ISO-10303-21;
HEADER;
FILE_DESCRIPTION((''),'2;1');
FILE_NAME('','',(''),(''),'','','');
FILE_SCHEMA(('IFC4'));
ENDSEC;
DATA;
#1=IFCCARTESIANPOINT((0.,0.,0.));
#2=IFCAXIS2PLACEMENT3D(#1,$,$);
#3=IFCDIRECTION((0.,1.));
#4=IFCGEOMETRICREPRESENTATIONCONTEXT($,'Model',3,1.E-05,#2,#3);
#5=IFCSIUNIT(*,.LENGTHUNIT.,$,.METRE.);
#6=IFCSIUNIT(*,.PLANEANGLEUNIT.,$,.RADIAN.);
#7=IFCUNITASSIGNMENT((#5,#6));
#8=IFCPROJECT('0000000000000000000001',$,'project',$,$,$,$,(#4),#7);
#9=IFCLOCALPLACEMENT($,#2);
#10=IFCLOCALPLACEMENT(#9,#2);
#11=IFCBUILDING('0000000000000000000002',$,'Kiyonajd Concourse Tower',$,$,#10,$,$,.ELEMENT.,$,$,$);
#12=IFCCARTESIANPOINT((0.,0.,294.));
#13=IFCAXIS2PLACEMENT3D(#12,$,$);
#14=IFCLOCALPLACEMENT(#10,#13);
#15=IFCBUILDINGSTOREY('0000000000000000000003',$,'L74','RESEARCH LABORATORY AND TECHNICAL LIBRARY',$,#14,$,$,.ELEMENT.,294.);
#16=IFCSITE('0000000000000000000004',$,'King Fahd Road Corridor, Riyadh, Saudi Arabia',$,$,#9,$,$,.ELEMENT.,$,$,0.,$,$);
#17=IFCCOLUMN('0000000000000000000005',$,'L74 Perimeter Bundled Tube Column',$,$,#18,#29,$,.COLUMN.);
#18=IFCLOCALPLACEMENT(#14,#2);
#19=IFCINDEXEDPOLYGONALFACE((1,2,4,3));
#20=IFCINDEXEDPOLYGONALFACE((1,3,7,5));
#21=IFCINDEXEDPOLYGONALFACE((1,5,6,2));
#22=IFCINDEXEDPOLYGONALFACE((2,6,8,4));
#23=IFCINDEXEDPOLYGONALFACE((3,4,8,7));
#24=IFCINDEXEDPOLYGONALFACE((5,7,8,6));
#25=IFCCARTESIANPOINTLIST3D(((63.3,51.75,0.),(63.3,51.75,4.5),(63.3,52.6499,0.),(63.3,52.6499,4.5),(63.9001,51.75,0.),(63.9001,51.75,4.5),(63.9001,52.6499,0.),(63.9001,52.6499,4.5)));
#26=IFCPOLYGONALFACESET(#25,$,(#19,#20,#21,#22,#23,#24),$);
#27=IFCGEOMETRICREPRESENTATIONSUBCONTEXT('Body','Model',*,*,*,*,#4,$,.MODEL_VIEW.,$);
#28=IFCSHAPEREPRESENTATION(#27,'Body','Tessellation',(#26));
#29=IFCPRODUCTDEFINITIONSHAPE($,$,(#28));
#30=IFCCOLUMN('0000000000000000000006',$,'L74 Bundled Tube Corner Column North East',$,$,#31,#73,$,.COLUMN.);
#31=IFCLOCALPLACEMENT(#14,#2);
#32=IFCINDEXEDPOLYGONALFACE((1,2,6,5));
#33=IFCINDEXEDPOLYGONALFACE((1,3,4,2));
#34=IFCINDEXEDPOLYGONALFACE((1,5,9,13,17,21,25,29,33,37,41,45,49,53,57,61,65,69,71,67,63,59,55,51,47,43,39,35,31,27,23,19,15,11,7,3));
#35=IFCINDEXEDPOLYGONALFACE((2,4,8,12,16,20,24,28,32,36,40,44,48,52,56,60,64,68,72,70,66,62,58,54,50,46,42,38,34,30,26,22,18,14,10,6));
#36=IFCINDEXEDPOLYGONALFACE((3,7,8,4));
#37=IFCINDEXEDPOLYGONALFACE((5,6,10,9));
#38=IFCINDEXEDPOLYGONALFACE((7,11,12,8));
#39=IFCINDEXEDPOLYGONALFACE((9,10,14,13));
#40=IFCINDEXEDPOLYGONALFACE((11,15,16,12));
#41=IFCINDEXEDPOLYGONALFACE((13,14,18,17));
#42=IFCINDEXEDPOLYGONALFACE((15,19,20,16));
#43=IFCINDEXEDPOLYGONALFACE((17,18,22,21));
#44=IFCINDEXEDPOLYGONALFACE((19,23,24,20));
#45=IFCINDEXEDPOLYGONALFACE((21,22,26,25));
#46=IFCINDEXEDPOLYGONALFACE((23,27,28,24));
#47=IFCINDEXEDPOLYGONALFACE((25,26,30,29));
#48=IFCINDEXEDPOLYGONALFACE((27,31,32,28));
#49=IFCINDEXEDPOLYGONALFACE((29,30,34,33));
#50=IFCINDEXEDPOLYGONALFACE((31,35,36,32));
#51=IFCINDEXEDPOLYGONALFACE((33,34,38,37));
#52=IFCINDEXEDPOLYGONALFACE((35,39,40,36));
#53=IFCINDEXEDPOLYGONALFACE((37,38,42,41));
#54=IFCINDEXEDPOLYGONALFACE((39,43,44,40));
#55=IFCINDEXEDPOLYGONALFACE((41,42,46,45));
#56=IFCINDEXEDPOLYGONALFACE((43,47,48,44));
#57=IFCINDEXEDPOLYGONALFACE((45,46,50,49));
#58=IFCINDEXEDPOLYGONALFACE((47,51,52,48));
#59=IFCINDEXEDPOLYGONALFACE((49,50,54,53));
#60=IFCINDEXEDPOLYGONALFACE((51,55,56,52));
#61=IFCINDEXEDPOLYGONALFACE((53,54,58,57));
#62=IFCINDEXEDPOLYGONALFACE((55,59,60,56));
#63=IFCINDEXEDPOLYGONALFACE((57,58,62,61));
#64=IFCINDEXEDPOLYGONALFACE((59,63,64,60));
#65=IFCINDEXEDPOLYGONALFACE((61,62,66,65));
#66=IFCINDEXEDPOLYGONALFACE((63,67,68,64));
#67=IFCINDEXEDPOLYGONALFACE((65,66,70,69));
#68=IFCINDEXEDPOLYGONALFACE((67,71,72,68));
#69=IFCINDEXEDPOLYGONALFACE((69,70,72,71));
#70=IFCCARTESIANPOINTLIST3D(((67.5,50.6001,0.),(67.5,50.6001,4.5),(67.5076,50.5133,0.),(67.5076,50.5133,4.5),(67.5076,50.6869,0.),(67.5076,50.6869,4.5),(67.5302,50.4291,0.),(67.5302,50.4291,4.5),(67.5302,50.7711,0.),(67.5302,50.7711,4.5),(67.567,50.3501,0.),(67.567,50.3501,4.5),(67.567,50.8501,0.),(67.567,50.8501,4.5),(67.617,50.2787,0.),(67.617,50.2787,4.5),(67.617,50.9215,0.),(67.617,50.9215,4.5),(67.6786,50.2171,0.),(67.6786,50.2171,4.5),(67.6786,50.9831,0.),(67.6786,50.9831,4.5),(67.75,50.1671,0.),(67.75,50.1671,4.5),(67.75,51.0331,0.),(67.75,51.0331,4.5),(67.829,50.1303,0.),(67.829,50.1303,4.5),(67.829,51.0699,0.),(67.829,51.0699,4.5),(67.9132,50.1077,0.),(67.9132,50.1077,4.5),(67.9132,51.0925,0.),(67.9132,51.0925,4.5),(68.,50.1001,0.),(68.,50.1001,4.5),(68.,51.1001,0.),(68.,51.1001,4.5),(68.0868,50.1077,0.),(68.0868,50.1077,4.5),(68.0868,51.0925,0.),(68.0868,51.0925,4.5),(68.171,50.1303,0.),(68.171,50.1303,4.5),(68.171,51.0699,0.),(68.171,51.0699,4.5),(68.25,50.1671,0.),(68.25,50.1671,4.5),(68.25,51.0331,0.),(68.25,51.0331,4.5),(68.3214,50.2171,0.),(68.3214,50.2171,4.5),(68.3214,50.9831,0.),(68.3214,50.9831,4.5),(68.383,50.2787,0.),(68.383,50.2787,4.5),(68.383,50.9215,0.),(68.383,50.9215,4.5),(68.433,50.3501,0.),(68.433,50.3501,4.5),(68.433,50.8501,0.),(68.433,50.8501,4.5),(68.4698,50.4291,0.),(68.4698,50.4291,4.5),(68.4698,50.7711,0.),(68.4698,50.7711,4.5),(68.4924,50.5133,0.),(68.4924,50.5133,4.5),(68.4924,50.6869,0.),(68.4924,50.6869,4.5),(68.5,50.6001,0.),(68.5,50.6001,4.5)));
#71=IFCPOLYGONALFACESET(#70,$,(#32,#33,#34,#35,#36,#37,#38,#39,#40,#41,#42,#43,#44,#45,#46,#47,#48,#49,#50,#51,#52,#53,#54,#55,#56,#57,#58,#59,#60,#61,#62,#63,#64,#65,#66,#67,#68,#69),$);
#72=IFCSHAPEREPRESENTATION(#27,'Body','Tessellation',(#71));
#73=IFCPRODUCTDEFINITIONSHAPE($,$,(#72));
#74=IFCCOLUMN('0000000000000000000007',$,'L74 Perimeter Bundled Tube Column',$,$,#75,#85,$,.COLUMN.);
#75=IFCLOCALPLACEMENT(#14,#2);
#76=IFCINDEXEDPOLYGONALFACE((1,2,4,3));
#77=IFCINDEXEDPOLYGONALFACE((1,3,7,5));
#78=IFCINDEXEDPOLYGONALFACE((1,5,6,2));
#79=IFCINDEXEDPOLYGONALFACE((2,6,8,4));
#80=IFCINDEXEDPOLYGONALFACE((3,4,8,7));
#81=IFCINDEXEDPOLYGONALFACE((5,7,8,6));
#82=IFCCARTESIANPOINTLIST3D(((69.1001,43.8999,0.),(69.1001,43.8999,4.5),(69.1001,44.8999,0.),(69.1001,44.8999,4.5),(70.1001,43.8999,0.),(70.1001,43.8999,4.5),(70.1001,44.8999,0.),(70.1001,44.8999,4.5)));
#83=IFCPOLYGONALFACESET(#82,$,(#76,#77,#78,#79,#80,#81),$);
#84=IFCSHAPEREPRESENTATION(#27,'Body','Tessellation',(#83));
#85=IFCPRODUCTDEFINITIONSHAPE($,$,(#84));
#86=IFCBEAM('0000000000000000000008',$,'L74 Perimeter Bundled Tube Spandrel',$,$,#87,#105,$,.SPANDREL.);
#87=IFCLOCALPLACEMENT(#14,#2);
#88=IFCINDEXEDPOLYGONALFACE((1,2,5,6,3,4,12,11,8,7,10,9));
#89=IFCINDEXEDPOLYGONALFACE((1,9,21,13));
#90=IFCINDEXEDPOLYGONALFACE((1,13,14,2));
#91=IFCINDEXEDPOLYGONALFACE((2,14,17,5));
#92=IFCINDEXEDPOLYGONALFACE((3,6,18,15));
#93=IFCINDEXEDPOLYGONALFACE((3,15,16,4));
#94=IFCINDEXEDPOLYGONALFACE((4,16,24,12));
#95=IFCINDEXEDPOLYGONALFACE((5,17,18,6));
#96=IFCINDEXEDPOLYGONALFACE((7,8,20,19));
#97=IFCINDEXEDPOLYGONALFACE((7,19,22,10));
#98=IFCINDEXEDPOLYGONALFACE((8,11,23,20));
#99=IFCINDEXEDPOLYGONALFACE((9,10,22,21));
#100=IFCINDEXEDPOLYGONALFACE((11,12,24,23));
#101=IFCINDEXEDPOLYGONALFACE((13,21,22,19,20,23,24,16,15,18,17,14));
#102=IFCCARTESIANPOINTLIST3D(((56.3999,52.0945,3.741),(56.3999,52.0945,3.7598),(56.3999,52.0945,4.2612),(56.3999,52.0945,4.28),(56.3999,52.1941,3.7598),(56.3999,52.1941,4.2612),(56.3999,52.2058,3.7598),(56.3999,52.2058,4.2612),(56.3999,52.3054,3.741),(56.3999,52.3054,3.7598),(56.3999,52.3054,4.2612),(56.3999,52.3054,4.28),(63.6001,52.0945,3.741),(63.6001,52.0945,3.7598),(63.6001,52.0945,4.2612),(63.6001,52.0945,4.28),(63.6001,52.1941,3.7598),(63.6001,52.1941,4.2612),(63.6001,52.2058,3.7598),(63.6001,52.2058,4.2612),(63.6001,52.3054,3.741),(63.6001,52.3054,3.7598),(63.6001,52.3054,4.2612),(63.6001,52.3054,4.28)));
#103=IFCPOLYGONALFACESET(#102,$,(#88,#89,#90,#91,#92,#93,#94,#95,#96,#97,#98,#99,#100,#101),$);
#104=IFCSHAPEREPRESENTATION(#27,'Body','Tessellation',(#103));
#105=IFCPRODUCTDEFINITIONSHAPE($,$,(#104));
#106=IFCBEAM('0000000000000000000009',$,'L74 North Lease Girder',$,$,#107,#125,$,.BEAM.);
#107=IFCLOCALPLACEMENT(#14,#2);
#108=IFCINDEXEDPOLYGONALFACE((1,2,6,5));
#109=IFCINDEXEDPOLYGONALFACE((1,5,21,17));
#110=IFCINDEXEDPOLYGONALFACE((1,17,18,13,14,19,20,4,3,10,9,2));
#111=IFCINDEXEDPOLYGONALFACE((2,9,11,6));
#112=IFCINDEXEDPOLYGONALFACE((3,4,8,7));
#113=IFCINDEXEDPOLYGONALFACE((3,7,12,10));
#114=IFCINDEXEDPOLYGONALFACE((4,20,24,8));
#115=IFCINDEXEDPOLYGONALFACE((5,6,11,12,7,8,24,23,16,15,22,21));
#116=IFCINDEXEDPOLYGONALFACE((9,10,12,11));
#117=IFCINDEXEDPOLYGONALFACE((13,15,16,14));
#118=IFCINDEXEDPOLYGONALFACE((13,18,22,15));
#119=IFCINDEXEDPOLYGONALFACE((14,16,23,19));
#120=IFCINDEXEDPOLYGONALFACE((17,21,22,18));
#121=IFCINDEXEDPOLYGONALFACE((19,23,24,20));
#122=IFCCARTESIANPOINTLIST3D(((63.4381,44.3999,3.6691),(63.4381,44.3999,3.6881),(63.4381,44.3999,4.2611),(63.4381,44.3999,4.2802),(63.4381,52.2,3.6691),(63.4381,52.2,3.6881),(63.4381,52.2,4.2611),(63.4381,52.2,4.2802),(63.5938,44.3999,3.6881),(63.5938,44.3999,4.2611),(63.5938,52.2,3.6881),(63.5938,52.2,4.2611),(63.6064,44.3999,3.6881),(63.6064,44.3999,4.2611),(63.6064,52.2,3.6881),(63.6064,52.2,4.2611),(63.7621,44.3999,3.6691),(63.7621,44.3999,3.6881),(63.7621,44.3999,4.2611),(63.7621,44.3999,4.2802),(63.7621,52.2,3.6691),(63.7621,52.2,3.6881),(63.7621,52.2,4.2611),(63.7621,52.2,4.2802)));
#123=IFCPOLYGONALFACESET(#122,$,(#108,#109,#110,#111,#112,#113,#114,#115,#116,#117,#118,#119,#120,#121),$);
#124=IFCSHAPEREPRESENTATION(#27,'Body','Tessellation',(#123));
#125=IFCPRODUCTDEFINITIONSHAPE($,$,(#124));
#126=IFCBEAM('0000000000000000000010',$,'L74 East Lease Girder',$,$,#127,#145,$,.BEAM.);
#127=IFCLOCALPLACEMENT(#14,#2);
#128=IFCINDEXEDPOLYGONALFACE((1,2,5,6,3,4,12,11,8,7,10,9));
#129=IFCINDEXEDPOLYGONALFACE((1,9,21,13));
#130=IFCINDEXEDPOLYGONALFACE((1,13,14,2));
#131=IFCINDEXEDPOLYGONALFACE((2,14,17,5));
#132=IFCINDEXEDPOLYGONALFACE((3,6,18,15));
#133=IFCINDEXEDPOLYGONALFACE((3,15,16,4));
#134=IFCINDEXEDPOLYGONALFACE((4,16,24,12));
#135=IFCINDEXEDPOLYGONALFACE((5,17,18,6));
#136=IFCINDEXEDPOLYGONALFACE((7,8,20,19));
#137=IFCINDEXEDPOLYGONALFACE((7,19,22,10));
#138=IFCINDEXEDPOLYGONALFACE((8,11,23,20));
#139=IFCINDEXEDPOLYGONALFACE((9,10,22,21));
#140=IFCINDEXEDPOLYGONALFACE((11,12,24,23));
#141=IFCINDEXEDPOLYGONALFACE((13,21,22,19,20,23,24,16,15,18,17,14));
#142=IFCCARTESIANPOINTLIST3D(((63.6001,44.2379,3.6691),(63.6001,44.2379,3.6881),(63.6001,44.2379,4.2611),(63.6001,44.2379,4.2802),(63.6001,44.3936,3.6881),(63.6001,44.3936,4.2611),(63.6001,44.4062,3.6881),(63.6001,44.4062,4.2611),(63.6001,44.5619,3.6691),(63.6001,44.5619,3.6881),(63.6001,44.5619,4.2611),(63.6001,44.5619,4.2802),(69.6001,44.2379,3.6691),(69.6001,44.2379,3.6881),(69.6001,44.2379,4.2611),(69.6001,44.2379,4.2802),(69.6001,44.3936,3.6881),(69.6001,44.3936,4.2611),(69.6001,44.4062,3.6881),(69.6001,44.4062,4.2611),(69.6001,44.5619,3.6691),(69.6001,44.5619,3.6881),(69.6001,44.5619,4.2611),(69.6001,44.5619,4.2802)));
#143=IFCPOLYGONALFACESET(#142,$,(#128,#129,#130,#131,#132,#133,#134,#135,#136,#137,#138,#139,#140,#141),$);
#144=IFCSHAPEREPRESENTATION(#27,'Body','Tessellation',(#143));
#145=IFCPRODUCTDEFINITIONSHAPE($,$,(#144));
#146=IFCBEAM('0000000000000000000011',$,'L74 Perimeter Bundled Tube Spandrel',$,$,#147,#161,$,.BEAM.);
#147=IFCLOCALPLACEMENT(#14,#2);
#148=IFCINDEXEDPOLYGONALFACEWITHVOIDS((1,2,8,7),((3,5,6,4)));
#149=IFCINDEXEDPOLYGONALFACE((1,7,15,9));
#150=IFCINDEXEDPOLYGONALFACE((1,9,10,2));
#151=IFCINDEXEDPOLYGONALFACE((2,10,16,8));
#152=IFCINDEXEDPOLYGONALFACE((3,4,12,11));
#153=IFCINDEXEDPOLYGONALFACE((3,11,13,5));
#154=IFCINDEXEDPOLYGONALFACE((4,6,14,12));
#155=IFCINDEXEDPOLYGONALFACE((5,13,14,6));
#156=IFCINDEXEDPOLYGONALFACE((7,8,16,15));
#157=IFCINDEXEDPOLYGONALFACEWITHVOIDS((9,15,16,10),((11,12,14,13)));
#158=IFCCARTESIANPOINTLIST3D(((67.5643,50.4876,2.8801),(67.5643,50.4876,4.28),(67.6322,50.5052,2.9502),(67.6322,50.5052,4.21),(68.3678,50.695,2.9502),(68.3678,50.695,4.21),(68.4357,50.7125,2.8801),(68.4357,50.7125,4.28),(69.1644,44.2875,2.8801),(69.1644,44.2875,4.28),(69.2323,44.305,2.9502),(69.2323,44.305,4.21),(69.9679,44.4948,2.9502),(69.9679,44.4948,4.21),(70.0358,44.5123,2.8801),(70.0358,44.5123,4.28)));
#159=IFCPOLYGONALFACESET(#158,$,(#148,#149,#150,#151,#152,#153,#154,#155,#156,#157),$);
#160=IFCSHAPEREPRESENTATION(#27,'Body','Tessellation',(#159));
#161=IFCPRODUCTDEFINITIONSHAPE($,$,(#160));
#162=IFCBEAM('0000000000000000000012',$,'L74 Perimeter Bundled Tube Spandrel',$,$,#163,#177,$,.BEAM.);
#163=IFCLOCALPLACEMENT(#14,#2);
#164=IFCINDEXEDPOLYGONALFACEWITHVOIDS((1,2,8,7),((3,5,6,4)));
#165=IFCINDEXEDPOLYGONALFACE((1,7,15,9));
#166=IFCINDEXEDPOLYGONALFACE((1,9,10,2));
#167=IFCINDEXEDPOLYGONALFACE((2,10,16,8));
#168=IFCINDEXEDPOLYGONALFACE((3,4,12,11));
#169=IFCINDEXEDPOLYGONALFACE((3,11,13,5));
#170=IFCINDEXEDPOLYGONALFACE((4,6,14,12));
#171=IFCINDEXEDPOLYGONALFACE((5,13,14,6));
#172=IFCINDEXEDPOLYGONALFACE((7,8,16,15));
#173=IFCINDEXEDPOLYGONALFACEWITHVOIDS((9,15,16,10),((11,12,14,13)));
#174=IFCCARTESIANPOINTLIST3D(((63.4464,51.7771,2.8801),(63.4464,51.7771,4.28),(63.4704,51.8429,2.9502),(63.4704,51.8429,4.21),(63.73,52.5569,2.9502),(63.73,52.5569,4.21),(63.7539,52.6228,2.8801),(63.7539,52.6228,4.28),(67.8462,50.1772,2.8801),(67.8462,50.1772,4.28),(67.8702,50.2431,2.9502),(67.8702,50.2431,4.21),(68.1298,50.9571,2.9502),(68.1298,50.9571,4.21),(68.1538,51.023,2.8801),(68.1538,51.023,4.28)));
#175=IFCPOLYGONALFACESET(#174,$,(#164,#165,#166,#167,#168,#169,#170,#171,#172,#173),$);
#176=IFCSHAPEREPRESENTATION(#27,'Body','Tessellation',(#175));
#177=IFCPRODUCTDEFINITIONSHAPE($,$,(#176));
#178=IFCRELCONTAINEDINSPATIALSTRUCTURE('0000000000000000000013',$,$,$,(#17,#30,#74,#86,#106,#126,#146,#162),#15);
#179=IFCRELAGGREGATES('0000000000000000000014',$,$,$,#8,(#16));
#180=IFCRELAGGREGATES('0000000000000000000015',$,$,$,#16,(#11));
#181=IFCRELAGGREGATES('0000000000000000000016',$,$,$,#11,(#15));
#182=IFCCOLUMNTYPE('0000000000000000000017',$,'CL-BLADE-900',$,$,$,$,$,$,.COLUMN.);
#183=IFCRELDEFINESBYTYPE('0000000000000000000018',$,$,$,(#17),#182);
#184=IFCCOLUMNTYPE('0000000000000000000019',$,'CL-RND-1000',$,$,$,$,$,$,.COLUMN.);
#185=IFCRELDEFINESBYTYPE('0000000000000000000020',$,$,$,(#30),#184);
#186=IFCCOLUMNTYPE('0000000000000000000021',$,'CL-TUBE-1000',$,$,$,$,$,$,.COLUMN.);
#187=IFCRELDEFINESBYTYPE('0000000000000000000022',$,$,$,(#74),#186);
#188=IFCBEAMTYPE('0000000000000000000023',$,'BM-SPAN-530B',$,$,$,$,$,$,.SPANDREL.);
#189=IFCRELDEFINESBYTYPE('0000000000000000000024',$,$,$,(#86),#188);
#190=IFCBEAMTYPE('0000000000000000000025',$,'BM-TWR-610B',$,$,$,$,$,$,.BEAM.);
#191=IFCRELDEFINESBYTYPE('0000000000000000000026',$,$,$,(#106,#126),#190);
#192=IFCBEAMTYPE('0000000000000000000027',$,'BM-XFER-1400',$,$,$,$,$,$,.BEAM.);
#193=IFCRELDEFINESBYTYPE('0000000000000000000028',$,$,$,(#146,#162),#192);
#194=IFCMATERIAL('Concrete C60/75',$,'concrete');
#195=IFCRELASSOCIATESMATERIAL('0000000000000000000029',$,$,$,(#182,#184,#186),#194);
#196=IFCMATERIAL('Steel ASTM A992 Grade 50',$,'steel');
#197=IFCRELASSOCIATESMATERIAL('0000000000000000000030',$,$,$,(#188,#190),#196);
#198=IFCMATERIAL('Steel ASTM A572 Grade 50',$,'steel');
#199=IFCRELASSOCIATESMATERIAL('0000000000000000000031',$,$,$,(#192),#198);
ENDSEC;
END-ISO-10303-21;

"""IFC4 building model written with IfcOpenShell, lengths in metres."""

from ifc_helpers import new_model, si_unit, direction, frame, origin, origin_2d, place, context, subcontext, project, spatial, rectangle, hollow_rectangle, circle, i_section, extrude, material, material_profile, profile_set, type_object, element, save


model = new_model("IFC4")

# Units and contexts
model_context = context("Model", 3, precision=1e-05, world=origin(), true_north=direction((0.0, 1.0)))
body_context = subcontext(model_context, "Body", "Model", "MODEL_VIEW")
ifc_project = project(units=[si_unit("LENGTHUNIT", "METRE"), si_unit("PLANEANGLEUNIT", "RADIAN")], contexts=[model_context])

# Site, building, storey
site_placement = place(None, origin())
site = spatial("IfcSite", under=ifc_project, at=site_placement, Name="King Fahd Road Corridor, Riyadh, Saudi Arabia", CompositionType="ELEMENT", RefElevation=0.0)
building_placement = place(site_placement, origin())
building = spatial("IfcBuilding", under=site, at=building_placement, Name="Kiyonajd Concourse Tower", CompositionType="ELEMENT")
storey_placement = place(building_placement, frame((0.0, 0.0, 294.0)))
storey = spatial("IfcBuildingStorey", under=building, at=storey_placement, Name="L74", Description="RESEARCH LABORATORY AND TECHNICAL LIBRARY", CompositionType="ELEMENT", Elevation=294.0)

# Columns
ifc_material_1 = material(Name="Concrete C60/75", Category="concrete")
ifc_material_profile_1 = material_profile(ifc_material_1, rectangle(XDim=0.6001, YDim=0.8999, at=origin_2d()), Name="RC-900x600")
ifc_profile_set_1 = profile_set([ifc_material_profile_1], Name="Concrete C60/75")
column_type_1 = type_object("IfcColumnType", Name="CL-BLADE-900", PredefinedType="COLUMN", material=ifc_profile_set_1)
column_1_placement = place(storey_placement, frame((63.6001, 52.2, 0.0), z_axis=(0.0, 0.0, 1.0), x_axis=(1.0, 0.0, 0.0)))
element("IfcColumn", 1, at=column_1_placement, inside=storey, type_object=column_type_1, Name="L74 Perimeter Bundled Tube Column", PredefinedType="COLUMN", context=body_context, shape_type="SweptSolid", body=[
    extrude(rectangle(XDim=0.6001, YDim=0.8999, at=origin_2d()), origin(), (0.0, 0.0, 1.0), 4.5),
])
ifc_material_profile_2 = material_profile(ifc_material_1, circle(Radius=0.5, at=origin_2d()), Name="RCC-D1000")
ifc_profile_set_2 = profile_set([ifc_material_profile_2], Name="Concrete C60/75")
column_type_2 = type_object("IfcColumnType", Name="CL-RND-1000", PredefinedType="COLUMN", material=ifc_profile_set_2)
column_2_placement = place(storey_placement, frame((68.0, 50.6001, 0.0), z_axis=(0.0, 0.0, 1.0), x_axis=(1.0, 0.0, 0.0)))
element("IfcColumn", 2, at=column_2_placement, inside=storey, type_object=column_type_2, Name="L74 Bundled Tube Corner Column North East", PredefinedType="COLUMN", context=body_context, shape_type="SweptSolid", body=[
    extrude(circle(Radius=0.5, at=origin_2d()), origin(), (0.0, 0.0, 1.0), 4.5),
])
ifc_material_profile_3 = material_profile(ifc_material_1, rectangle(XDim=1.0, YDim=1.0, at=origin_2d()), Name="RC-1000x1000")
ifc_profile_set_3 = profile_set([ifc_material_profile_3], Name="Concrete C60/75")
column_type_3 = type_object("IfcColumnType", Name="CL-TUBE-1000", PredefinedType="COLUMN", material=ifc_profile_set_3)
column_3_placement = place(storey_placement, frame((69.6001, 44.3999, 0.0), z_axis=(0.0, 0.0, 1.0), x_axis=(1.0, 0.0, 0.0)))
element("IfcColumn", 3, at=column_3_placement, inside=storey, type_object=column_type_3, Name="L74 Perimeter Bundled Tube Column", PredefinedType="COLUMN", context=body_context, shape_type="SweptSolid", body=[
    extrude(rectangle(XDim=1.0, YDim=1.0, at=origin_2d()), origin(), (0.0, 0.0, 1.0), 4.5),
])

# Beams
ifc_material_2 = material(Name="Steel ASTM A992 Grade 50", Category="steel")
ifc_material_profile_4 = material_profile(ifc_material_2, i_section(OverallWidth=0.2109, OverallDepth=0.5391, WebThickness=0.0117, FlangeThickness=0.0188, at=origin_2d()), Name="W530X109")
ifc_profile_set_4 = profile_set([ifc_material_profile_4], Name="Steel ASTM A992 Grade 50")
beam_type_1 = type_object("IfcBeamType", Name="BM-SPAN-530B", PredefinedType="SPANDREL", material=ifc_profile_set_4)
beam_1_placement = place(storey_placement, frame((63.6001, 52.2, 4.0105), z_axis=(-1.0, 0.0, 0.0), x_axis=(0.0, -1.0, 0.0)))
element("IfcBeam", 4, at=beam_1_placement, inside=storey, type_object=beam_type_1, Name="L74 Perimeter Bundled Tube Spandrel", PredefinedType="SPANDREL", context=body_context, shape_type="SweptSolid", body=[
    extrude(i_section(OverallWidth=0.2109, OverallDepth=0.5391, WebThickness=0.0117, FlangeThickness=0.0188, at=origin_2d()), origin(), (0.0, 0.0, 1.0), 7.2002),
])
ifc_material_profile_5 = material_profile(ifc_material_2, i_section(OverallWidth=0.324, OverallDepth=0.6111, WebThickness=0.0127, FlangeThickness=0.019, at=origin_2d()), Name="W610X155")
ifc_profile_set_5 = profile_set([ifc_material_profile_5], Name="Steel ASTM A992 Grade 50")
beam_type_2 = type_object("IfcBeamType", Name="BM-TWR-610B", PredefinedType="BEAM", material=ifc_profile_set_5)
beam_2_placement = place(storey_placement, frame((63.6001, 44.3999, 3.9746), z_axis=(0.0, 1.0, 0.0), x_axis=(-1.0, 0.0, 0.0)))
element("IfcBeam", 5, at=beam_2_placement, inside=storey, type_object=beam_type_2, Name="L74 North Lease Girder", PredefinedType="BEAM", context=body_context, shape_type="SweptSolid", body=[
    extrude(i_section(OverallWidth=0.324, OverallDepth=0.6111, WebThickness=0.0127, FlangeThickness=0.019, at=origin_2d()), origin(), (0.0, 0.0, 1.0), 7.8),
])
beam_3_placement = place(storey_placement, frame((63.6001, 44.3999, 3.9746), z_axis=(1.0, 0.0, 0.0), x_axis=(0.0, 1.0, 0.0)))
element("IfcBeam", 6, at=beam_3_placement, inside=storey, type_object=beam_type_2, Name="L74 East Lease Girder", PredefinedType="BEAM", context=body_context, shape_type="SweptSolid", body=[
    extrude(i_section(OverallWidth=0.324, OverallDepth=0.6111, WebThickness=0.0127, FlangeThickness=0.019, at=origin_2d()), origin(), (0.0, 0.0, 1.0), 6.0),
])
ifc_material_3 = material(Name="Steel ASTM A572 Grade 50", Category="steel")
ifc_material_profile_6 = material_profile(ifc_material_3, hollow_rectangle(XDim=0.8999, YDim=1.3999, WallThickness=0.0701, at=origin_2d()), Name="BOX-1400x900x70")
ifc_profile_set_6 = profile_set([ifc_material_profile_6], Name="Steel ASTM A572 Grade 50")
beam_type_3 = type_object("IfcBeamType", Name="BM-XFER-1400", PredefinedType="BEAM", material=ifc_profile_set_6)
beam_4_placement = place(storey_placement, frame((69.6001, 44.3999, 3.5801), z_axis=(-0.249885, 0.968276, 0.0), x_axis=(-0.968276, -0.249885, 0.0)))
element("IfcBeam", 7, at=beam_4_placement, inside=storey, type_object=beam_type_3, Name="L74 Perimeter Bundled Tube Spandrel", PredefinedType="BEAM", context=body_context, shape_type="SweptSolid", body=[
    extrude(hollow_rectangle(XDim=0.8999, YDim=1.3999, WallThickness=0.0701, at=origin_2d()), origin(), (0.0, 0.0, 1.0), 6.4033),
])
beam_5_placement = place(storey_placement, frame((68.0, 50.6001, 3.5801), z_axis=(-0.939801, 0.341722, 0.0), x_axis=(-0.341722, -0.939801, 0.0)))
element("IfcBeam", 8, at=beam_5_placement, inside=storey, type_object=beam_type_3, Name="L74 Perimeter Bundled Tube Spandrel", PredefinedType="BEAM", context=body_context, shape_type="SweptSolid", body=[
    extrude(hollow_rectangle(XDim=0.8999, YDim=1.3999, WallThickness=0.0701, at=origin_2d()), origin(), (0.0, 0.0, 1.0), 4.6816),
])

save(model, "model.ifc")
